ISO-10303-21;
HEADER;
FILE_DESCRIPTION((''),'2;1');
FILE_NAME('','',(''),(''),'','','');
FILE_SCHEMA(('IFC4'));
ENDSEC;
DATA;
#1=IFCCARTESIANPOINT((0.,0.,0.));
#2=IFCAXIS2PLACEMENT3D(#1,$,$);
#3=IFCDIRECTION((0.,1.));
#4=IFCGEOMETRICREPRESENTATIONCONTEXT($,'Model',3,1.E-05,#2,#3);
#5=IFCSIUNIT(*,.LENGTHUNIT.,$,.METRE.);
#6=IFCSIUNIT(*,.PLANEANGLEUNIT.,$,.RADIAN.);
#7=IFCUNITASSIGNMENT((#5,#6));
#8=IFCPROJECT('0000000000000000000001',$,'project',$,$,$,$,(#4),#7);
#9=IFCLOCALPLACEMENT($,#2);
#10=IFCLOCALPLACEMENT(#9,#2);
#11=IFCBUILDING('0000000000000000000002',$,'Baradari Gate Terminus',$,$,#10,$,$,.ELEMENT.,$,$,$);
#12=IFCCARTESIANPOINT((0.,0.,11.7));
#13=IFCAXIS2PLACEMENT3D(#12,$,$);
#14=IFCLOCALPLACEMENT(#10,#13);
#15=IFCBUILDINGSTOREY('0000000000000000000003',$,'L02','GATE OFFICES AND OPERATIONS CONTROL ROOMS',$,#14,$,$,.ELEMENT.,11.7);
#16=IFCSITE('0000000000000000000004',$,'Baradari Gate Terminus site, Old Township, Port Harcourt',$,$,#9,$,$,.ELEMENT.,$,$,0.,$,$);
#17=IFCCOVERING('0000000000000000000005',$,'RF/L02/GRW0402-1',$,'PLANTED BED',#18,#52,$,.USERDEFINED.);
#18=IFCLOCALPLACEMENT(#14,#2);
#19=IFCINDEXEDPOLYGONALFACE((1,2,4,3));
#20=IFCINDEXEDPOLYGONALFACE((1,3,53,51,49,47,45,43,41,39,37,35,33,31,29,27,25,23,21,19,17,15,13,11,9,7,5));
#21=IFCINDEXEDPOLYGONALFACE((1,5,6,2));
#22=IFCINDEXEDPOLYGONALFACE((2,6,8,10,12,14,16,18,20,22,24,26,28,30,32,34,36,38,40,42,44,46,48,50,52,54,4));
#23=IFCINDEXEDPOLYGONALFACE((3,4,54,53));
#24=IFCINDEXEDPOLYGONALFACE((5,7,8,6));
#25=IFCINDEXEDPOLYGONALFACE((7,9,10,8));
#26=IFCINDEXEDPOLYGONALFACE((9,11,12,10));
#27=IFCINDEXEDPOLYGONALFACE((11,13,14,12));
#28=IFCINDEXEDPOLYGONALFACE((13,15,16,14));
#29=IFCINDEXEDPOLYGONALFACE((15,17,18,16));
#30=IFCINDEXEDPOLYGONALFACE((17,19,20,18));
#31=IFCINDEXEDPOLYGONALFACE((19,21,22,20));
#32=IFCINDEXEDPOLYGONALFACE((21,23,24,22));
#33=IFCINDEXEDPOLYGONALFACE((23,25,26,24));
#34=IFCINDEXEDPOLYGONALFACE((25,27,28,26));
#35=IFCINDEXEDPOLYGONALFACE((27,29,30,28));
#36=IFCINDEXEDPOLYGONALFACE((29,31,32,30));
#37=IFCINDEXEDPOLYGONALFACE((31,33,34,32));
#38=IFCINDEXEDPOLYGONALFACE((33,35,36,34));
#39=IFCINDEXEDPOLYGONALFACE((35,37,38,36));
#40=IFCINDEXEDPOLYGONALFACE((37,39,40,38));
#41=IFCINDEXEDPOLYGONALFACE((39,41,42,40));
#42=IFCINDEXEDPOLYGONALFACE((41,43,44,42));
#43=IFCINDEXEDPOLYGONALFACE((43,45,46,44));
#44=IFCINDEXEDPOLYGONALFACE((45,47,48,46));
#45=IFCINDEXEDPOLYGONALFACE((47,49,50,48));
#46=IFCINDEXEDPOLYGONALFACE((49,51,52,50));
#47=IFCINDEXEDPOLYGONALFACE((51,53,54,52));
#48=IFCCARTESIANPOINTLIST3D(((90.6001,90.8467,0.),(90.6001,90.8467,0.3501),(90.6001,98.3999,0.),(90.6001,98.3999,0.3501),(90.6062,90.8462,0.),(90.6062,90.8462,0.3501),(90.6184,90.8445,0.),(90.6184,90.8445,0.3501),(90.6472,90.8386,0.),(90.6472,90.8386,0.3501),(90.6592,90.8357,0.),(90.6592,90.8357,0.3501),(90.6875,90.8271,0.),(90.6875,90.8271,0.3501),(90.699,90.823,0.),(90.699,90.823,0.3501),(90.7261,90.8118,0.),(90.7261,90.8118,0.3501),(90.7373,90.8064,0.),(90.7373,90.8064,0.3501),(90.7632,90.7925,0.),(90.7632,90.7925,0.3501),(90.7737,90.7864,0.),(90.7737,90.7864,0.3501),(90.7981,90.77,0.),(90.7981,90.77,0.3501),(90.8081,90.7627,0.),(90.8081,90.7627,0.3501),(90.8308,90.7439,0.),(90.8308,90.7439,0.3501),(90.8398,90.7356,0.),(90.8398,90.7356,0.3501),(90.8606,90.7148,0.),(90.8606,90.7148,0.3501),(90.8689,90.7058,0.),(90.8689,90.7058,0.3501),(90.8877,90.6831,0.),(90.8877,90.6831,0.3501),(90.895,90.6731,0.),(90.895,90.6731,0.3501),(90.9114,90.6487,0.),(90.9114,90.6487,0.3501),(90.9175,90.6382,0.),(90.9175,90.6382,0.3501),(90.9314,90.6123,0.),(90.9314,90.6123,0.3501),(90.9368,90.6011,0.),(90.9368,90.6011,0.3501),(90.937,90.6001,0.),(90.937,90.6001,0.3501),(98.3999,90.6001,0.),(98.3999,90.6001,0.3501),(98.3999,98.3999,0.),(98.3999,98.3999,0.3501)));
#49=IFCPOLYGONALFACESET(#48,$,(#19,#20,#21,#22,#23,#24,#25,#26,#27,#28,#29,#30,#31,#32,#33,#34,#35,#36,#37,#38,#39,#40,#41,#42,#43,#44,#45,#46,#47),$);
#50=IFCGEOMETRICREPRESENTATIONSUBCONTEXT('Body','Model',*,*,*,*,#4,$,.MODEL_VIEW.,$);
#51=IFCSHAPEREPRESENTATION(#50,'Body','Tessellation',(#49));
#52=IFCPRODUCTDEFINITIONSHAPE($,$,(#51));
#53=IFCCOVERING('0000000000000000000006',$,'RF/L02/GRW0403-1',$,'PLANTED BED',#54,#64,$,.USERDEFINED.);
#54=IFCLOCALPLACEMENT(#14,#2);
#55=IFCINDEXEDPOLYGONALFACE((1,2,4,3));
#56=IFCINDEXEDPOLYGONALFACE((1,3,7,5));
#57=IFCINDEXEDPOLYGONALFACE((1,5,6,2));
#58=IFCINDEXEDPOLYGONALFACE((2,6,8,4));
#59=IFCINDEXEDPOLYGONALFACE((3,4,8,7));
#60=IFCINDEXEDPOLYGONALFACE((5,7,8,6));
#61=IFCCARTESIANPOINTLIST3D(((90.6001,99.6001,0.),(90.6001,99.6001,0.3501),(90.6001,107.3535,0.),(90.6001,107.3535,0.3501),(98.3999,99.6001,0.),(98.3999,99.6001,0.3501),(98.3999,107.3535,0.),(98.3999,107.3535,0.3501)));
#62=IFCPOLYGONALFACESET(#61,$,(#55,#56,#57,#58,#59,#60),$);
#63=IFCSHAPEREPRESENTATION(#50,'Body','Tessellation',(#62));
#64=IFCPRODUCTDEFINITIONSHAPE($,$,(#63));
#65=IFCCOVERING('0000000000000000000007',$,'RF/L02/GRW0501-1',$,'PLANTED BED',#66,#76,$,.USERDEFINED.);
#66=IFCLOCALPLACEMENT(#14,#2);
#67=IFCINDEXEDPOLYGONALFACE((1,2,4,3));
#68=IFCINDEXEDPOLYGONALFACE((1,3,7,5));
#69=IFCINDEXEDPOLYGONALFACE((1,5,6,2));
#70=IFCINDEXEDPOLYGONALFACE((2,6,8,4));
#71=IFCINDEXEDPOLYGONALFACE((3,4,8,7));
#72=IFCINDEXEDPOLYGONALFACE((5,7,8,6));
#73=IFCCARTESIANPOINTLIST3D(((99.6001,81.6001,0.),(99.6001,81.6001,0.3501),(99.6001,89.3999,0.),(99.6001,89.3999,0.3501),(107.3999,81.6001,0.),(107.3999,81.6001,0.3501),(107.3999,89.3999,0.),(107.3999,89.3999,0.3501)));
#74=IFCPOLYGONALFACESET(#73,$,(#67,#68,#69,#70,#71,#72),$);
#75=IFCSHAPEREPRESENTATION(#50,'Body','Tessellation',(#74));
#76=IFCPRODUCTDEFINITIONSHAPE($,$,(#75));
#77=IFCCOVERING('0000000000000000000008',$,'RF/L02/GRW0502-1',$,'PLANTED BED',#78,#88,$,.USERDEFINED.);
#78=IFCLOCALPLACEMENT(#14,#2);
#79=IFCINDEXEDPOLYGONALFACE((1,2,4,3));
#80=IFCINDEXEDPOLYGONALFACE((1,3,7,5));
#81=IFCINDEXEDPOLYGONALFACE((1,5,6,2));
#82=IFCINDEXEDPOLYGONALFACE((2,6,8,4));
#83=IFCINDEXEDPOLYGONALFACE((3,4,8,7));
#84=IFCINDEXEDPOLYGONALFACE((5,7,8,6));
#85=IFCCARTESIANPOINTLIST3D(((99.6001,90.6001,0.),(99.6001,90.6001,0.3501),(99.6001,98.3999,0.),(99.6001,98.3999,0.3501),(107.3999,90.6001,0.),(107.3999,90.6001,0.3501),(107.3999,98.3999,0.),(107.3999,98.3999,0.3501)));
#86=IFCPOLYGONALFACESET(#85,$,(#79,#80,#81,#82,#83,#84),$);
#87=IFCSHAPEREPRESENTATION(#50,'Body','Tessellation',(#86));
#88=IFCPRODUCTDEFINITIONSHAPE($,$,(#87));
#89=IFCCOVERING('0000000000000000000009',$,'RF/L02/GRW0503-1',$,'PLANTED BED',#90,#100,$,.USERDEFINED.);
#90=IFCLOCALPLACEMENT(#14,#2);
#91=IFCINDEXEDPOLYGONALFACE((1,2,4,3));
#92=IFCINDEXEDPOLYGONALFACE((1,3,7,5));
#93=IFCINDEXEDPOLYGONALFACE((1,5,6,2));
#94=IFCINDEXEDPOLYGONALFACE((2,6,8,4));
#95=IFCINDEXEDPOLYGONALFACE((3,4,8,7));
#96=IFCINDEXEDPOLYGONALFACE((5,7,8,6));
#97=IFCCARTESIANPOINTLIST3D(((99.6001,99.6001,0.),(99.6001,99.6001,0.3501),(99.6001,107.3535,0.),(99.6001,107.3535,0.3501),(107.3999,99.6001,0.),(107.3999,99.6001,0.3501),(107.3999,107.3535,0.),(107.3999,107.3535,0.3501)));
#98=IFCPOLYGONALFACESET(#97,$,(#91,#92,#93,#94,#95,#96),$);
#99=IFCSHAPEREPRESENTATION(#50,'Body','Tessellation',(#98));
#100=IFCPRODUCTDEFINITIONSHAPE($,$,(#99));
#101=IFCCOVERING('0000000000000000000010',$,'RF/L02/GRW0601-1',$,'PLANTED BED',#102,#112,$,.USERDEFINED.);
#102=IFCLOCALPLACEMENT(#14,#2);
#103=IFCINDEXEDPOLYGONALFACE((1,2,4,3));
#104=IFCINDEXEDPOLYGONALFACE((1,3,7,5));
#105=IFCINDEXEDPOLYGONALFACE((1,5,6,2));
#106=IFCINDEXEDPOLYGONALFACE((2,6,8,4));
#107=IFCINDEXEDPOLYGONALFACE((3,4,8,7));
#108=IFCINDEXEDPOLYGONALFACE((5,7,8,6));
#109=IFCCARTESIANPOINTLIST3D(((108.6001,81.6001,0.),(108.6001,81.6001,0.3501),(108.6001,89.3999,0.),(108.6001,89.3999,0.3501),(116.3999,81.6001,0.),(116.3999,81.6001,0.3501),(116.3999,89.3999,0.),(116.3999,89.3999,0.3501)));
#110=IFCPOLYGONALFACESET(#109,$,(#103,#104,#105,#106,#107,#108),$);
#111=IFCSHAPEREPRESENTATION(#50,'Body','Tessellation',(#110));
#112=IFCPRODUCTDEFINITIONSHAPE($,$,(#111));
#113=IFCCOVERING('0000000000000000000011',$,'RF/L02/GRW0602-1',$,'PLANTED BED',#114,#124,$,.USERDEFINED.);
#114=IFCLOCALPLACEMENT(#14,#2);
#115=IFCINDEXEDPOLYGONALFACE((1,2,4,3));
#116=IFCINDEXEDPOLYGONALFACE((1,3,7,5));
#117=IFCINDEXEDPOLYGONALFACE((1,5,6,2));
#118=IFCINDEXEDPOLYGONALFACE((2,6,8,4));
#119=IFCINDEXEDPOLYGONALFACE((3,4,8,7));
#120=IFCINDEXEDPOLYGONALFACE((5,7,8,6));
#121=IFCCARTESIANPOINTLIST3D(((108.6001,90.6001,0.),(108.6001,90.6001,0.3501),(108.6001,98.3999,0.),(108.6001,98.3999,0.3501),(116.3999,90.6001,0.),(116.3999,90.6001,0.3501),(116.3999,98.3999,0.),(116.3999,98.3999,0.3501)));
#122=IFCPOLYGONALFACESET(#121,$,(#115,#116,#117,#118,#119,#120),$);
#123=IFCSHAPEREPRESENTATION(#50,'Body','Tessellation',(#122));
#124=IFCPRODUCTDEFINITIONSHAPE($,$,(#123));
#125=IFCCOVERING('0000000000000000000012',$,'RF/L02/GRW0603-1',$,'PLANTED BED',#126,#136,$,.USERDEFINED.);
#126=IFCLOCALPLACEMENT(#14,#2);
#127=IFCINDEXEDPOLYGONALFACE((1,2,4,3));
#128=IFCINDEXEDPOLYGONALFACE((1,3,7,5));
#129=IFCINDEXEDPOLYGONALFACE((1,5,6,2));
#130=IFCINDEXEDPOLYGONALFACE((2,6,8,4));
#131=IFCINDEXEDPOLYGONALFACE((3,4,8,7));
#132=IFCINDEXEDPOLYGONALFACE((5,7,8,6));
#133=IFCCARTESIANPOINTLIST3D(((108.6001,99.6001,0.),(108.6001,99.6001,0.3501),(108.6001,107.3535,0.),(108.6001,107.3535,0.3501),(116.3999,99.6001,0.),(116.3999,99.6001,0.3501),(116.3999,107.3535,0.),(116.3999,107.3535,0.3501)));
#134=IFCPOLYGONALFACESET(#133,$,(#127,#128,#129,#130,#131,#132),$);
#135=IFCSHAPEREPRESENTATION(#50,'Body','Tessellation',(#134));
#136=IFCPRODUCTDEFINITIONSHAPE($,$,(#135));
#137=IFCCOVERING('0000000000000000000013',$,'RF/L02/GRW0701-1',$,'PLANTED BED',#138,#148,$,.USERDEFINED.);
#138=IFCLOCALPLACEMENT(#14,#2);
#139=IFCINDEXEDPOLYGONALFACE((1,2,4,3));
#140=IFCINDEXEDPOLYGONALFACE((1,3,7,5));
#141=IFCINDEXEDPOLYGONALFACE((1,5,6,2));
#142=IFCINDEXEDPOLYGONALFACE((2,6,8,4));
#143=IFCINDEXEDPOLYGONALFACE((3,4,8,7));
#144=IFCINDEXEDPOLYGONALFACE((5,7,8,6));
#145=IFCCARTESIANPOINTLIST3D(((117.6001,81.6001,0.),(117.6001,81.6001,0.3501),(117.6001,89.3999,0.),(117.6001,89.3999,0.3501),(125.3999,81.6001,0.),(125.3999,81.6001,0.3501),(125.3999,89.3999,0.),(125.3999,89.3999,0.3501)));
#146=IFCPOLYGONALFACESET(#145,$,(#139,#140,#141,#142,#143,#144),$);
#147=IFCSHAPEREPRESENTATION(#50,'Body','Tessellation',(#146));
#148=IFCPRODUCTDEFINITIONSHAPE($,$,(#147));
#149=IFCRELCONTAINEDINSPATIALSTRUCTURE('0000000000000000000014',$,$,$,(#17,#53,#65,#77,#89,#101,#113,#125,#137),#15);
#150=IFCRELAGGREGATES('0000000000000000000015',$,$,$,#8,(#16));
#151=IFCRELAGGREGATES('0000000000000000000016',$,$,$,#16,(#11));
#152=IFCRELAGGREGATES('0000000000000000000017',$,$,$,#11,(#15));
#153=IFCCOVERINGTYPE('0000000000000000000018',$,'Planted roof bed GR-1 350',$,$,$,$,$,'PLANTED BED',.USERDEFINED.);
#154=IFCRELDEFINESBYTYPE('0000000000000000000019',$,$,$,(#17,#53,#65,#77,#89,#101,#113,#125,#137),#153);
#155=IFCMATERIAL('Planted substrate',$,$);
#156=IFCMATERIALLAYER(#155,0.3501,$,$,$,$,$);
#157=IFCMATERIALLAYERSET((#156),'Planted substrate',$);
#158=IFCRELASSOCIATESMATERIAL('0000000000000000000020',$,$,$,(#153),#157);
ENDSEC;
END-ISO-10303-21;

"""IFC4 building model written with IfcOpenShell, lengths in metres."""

from ifc_helpers import new_model, si_unit, direction, frame, origin, place, context, subcontext, project, spatial, polyline, outline, extrude, material, layer, layer_set, type_object, element, save


model = new_model("IFC4")

# Units and contexts
model_context = context("Model", 3, precision=1e-05, world=origin(), true_north=direction((0.0, 1.0)))
body_context = subcontext(model_context, "Body", "Model", "MODEL_VIEW")
ifc_project = project(units=[si_unit("LENGTHUNIT", "METRE"), si_unit("PLANEANGLEUNIT", "RADIAN")], contexts=[model_context])

# Site, building, storey
site_placement = place(None, origin())
site = spatial("IfcSite", under=ifc_project, at=site_placement, Name="Baradari Gate Terminus site, Old Township, Port Harcourt", CompositionType="ELEMENT", RefElevation=0.0)
building_placement = place(site_placement, origin())
building = spatial("IfcBuilding", under=site, at=building_placement, Name="Baradari Gate Terminus", CompositionType="ELEMENT")
storey_placement = place(building_placement, frame((0.0, 0.0, 11.7)))
storey = spatial("IfcBuildingStorey", under=building, at=storey_placement, Name="L02", Description="GATE OFFICES AND OPERATIONS CONTROL ROOMS", CompositionType="ELEMENT", Elevation=11.7)

# Coverings
ifc_material_1 = material(Name="Planted substrate")
ifc_layer_1 = layer(ifc_material_1, 0.3501)
ifc_layer_set_1 = layer_set([ifc_layer_1], Name="Planted substrate")
covering_type = type_object("IfcCoveringType", Name="Planted roof bed GR-1 350", ElementType="PLANTED BED", PredefinedType="USERDEFINED", material=ifc_layer_set_1)
covering_1_placement = place(storey_placement, origin())
element("IfcCovering", 1, at=covering_1_placement, inside=storey, type_object=covering_type, Name="RF/L02/GRW0402-1", ObjectType="PLANTED BED", PredefinedType="USERDEFINED", context=body_context, shape_type="SweptSolid", body=[
    extrude(outline(polyline([(90.6001, 98.3999), (98.3999, 98.3999), (98.3999, 90.6001), (90.937, 90.6001), (90.9368, 90.6011), (90.9314, 90.6123), (90.9175, 90.6382), (90.9114, 90.6487), (90.895, 90.6731), (90.8877, 90.6831), (90.8689, 90.7058), (90.8606, 90.7148), (90.8398, 90.7356), (90.8308, 90.7439), (90.8081, 90.7627), (90.7981, 90.77), (90.7737, 90.7864), (90.7632, 90.7925), (90.7373, 90.8064), (90.7261, 90.8118), (90.699, 90.823), (90.6875, 90.8271), (90.6592, 90.8357), (90.6472, 90.8386), (90.6184, 90.8445), (90.6062, 90.8462), (90.6001, 90.8467), (90.6001, 98.3999)])), origin(), (0.0, 0.0, 1.0), 0.3501),
])
covering_2_placement = place(storey_placement, origin())
element("IfcCovering", 2, at=covering_2_placement, inside=storey, type_object=covering_type, Name="RF/L02/GRW0403-1", ObjectType="PLANTED BED", PredefinedType="USERDEFINED", context=body_context, shape_type="SweptSolid", body=[
    extrude(outline(polyline([(90.6001, 107.3535), (98.3999, 107.3535), (98.3999, 99.6001), (90.6001, 99.6001), (90.6001, 107.3535)])), origin(), (0.0, 0.0, 1.0), 0.3501),
])
covering_3_placement = place(storey_placement, origin())
element("IfcCovering", 3, at=covering_3_placement, inside=storey, type_object=covering_type, Name="RF/L02/GRW0501-1", ObjectType="PLANTED BED", PredefinedType="USERDEFINED", context=body_context, shape_type="SweptSolid", body=[
    extrude(outline(polyline([(99.6001, 89.3999), (107.3999, 89.3999), (107.3999, 81.6001), (99.6001, 81.6001), (99.6001, 89.3999)])), origin(), (0.0, 0.0, 1.0), 0.3501),
])
covering_4_placement = place(storey_placement, origin())
element("IfcCovering", 4, at=covering_4_placement, inside=storey, type_object=covering_type, Name="RF/L02/GRW0502-1", ObjectType="PLANTED BED", PredefinedType="USERDEFINED", context=body_context, shape_type="SweptSolid", body=[
    extrude(outline(polyline([(99.6001, 98.3999), (107.3999, 98.3999), (107.3999, 90.6001), (99.6001, 90.6001), (99.6001, 98.3999)])), origin(), (0.0, 0.0, 1.0), 0.3501),
])
covering_5_placement = place(storey_placement, origin())
element("IfcCovering", 5, at=covering_5_placement, inside=storey, type_object=covering_type, Name="RF/L02/GRW0503-1", ObjectType="PLANTED BED", PredefinedType="USERDEFINED", context=body_context, shape_type="SweptSolid", body=[
    extrude(outline(polyline([(99.6001, 107.3535), (107.3999, 107.3535), (107.3999, 99.6001), (99.6001, 99.6001), (99.6001, 107.3535)])), origin(), (0.0, 0.0, 1.0), 0.3501),
])
covering_6_placement = place(storey_placement, origin())
element("IfcCovering", 6, at=covering_6_placement, inside=storey, type_object=covering_type, Name="RF/L02/GRW0601-1", ObjectType="PLANTED BED", PredefinedType="USERDEFINED", context=body_context, shape_type="SweptSolid", body=[
    extrude(outline(polyline([(108.6001, 89.3999), (116.3999, 89.3999), (116.3999, 81.6001), (108.6001, 81.6001), (108.6001, 89.3999)])), origin(), (0.0, 0.0, 1.0), 0.3501),
])
covering_7_placement = place(storey_placement, origin())
element("IfcCovering", 7, at=covering_7_placement, inside=storey, type_object=covering_type, Name="RF/L02/GRW0602-1", ObjectType="PLANTED BED", PredefinedType="USERDEFINED", context=body_context, shape_type="SweptSolid", body=[
    extrude(outline(polyline([(108.6001, 98.3999), (116.3999, 98.3999), (116.3999, 90.6001), (108.6001, 90.6001), (108.6001, 98.3999)])), origin(), (0.0, 0.0, 1.0), 0.3501),
])
covering_8_placement = place(storey_placement, origin())
element("IfcCovering", 8, at=covering_8_placement, inside=storey, type_object=covering_type, Name="RF/L02/GRW0603-1", ObjectType="PLANTED BED", PredefinedType="USERDEFINED", context=body_context, shape_type="SweptSolid", body=[
    extrude(outline(polyline([(108.6001, 107.3535), (116.3999, 107.3535), (116.3999, 99.6001), (108.6001, 99.6001), (108.6001, 107.3535)])), origin(), (0.0, 0.0, 1.0), 0.3501),
])
covering_9_placement = place(storey_placement, origin())
element("IfcCovering", 9, at=covering_9_placement, inside=storey, type_object=covering_type, Name="RF/L02/GRW0701-1", ObjectType="PLANTED BED", PredefinedType="USERDEFINED", context=body_context, shape_type="SweptSolid", body=[
    extrude(outline(polyline([(117.6001, 89.3999), (125.3999, 89.3999), (125.3999, 81.6001), (117.6001, 81.6001), (117.6001, 89.3999)])), origin(), (0.0, 0.0, 1.0), 0.3501),
])

save(model, "model.ifc")
